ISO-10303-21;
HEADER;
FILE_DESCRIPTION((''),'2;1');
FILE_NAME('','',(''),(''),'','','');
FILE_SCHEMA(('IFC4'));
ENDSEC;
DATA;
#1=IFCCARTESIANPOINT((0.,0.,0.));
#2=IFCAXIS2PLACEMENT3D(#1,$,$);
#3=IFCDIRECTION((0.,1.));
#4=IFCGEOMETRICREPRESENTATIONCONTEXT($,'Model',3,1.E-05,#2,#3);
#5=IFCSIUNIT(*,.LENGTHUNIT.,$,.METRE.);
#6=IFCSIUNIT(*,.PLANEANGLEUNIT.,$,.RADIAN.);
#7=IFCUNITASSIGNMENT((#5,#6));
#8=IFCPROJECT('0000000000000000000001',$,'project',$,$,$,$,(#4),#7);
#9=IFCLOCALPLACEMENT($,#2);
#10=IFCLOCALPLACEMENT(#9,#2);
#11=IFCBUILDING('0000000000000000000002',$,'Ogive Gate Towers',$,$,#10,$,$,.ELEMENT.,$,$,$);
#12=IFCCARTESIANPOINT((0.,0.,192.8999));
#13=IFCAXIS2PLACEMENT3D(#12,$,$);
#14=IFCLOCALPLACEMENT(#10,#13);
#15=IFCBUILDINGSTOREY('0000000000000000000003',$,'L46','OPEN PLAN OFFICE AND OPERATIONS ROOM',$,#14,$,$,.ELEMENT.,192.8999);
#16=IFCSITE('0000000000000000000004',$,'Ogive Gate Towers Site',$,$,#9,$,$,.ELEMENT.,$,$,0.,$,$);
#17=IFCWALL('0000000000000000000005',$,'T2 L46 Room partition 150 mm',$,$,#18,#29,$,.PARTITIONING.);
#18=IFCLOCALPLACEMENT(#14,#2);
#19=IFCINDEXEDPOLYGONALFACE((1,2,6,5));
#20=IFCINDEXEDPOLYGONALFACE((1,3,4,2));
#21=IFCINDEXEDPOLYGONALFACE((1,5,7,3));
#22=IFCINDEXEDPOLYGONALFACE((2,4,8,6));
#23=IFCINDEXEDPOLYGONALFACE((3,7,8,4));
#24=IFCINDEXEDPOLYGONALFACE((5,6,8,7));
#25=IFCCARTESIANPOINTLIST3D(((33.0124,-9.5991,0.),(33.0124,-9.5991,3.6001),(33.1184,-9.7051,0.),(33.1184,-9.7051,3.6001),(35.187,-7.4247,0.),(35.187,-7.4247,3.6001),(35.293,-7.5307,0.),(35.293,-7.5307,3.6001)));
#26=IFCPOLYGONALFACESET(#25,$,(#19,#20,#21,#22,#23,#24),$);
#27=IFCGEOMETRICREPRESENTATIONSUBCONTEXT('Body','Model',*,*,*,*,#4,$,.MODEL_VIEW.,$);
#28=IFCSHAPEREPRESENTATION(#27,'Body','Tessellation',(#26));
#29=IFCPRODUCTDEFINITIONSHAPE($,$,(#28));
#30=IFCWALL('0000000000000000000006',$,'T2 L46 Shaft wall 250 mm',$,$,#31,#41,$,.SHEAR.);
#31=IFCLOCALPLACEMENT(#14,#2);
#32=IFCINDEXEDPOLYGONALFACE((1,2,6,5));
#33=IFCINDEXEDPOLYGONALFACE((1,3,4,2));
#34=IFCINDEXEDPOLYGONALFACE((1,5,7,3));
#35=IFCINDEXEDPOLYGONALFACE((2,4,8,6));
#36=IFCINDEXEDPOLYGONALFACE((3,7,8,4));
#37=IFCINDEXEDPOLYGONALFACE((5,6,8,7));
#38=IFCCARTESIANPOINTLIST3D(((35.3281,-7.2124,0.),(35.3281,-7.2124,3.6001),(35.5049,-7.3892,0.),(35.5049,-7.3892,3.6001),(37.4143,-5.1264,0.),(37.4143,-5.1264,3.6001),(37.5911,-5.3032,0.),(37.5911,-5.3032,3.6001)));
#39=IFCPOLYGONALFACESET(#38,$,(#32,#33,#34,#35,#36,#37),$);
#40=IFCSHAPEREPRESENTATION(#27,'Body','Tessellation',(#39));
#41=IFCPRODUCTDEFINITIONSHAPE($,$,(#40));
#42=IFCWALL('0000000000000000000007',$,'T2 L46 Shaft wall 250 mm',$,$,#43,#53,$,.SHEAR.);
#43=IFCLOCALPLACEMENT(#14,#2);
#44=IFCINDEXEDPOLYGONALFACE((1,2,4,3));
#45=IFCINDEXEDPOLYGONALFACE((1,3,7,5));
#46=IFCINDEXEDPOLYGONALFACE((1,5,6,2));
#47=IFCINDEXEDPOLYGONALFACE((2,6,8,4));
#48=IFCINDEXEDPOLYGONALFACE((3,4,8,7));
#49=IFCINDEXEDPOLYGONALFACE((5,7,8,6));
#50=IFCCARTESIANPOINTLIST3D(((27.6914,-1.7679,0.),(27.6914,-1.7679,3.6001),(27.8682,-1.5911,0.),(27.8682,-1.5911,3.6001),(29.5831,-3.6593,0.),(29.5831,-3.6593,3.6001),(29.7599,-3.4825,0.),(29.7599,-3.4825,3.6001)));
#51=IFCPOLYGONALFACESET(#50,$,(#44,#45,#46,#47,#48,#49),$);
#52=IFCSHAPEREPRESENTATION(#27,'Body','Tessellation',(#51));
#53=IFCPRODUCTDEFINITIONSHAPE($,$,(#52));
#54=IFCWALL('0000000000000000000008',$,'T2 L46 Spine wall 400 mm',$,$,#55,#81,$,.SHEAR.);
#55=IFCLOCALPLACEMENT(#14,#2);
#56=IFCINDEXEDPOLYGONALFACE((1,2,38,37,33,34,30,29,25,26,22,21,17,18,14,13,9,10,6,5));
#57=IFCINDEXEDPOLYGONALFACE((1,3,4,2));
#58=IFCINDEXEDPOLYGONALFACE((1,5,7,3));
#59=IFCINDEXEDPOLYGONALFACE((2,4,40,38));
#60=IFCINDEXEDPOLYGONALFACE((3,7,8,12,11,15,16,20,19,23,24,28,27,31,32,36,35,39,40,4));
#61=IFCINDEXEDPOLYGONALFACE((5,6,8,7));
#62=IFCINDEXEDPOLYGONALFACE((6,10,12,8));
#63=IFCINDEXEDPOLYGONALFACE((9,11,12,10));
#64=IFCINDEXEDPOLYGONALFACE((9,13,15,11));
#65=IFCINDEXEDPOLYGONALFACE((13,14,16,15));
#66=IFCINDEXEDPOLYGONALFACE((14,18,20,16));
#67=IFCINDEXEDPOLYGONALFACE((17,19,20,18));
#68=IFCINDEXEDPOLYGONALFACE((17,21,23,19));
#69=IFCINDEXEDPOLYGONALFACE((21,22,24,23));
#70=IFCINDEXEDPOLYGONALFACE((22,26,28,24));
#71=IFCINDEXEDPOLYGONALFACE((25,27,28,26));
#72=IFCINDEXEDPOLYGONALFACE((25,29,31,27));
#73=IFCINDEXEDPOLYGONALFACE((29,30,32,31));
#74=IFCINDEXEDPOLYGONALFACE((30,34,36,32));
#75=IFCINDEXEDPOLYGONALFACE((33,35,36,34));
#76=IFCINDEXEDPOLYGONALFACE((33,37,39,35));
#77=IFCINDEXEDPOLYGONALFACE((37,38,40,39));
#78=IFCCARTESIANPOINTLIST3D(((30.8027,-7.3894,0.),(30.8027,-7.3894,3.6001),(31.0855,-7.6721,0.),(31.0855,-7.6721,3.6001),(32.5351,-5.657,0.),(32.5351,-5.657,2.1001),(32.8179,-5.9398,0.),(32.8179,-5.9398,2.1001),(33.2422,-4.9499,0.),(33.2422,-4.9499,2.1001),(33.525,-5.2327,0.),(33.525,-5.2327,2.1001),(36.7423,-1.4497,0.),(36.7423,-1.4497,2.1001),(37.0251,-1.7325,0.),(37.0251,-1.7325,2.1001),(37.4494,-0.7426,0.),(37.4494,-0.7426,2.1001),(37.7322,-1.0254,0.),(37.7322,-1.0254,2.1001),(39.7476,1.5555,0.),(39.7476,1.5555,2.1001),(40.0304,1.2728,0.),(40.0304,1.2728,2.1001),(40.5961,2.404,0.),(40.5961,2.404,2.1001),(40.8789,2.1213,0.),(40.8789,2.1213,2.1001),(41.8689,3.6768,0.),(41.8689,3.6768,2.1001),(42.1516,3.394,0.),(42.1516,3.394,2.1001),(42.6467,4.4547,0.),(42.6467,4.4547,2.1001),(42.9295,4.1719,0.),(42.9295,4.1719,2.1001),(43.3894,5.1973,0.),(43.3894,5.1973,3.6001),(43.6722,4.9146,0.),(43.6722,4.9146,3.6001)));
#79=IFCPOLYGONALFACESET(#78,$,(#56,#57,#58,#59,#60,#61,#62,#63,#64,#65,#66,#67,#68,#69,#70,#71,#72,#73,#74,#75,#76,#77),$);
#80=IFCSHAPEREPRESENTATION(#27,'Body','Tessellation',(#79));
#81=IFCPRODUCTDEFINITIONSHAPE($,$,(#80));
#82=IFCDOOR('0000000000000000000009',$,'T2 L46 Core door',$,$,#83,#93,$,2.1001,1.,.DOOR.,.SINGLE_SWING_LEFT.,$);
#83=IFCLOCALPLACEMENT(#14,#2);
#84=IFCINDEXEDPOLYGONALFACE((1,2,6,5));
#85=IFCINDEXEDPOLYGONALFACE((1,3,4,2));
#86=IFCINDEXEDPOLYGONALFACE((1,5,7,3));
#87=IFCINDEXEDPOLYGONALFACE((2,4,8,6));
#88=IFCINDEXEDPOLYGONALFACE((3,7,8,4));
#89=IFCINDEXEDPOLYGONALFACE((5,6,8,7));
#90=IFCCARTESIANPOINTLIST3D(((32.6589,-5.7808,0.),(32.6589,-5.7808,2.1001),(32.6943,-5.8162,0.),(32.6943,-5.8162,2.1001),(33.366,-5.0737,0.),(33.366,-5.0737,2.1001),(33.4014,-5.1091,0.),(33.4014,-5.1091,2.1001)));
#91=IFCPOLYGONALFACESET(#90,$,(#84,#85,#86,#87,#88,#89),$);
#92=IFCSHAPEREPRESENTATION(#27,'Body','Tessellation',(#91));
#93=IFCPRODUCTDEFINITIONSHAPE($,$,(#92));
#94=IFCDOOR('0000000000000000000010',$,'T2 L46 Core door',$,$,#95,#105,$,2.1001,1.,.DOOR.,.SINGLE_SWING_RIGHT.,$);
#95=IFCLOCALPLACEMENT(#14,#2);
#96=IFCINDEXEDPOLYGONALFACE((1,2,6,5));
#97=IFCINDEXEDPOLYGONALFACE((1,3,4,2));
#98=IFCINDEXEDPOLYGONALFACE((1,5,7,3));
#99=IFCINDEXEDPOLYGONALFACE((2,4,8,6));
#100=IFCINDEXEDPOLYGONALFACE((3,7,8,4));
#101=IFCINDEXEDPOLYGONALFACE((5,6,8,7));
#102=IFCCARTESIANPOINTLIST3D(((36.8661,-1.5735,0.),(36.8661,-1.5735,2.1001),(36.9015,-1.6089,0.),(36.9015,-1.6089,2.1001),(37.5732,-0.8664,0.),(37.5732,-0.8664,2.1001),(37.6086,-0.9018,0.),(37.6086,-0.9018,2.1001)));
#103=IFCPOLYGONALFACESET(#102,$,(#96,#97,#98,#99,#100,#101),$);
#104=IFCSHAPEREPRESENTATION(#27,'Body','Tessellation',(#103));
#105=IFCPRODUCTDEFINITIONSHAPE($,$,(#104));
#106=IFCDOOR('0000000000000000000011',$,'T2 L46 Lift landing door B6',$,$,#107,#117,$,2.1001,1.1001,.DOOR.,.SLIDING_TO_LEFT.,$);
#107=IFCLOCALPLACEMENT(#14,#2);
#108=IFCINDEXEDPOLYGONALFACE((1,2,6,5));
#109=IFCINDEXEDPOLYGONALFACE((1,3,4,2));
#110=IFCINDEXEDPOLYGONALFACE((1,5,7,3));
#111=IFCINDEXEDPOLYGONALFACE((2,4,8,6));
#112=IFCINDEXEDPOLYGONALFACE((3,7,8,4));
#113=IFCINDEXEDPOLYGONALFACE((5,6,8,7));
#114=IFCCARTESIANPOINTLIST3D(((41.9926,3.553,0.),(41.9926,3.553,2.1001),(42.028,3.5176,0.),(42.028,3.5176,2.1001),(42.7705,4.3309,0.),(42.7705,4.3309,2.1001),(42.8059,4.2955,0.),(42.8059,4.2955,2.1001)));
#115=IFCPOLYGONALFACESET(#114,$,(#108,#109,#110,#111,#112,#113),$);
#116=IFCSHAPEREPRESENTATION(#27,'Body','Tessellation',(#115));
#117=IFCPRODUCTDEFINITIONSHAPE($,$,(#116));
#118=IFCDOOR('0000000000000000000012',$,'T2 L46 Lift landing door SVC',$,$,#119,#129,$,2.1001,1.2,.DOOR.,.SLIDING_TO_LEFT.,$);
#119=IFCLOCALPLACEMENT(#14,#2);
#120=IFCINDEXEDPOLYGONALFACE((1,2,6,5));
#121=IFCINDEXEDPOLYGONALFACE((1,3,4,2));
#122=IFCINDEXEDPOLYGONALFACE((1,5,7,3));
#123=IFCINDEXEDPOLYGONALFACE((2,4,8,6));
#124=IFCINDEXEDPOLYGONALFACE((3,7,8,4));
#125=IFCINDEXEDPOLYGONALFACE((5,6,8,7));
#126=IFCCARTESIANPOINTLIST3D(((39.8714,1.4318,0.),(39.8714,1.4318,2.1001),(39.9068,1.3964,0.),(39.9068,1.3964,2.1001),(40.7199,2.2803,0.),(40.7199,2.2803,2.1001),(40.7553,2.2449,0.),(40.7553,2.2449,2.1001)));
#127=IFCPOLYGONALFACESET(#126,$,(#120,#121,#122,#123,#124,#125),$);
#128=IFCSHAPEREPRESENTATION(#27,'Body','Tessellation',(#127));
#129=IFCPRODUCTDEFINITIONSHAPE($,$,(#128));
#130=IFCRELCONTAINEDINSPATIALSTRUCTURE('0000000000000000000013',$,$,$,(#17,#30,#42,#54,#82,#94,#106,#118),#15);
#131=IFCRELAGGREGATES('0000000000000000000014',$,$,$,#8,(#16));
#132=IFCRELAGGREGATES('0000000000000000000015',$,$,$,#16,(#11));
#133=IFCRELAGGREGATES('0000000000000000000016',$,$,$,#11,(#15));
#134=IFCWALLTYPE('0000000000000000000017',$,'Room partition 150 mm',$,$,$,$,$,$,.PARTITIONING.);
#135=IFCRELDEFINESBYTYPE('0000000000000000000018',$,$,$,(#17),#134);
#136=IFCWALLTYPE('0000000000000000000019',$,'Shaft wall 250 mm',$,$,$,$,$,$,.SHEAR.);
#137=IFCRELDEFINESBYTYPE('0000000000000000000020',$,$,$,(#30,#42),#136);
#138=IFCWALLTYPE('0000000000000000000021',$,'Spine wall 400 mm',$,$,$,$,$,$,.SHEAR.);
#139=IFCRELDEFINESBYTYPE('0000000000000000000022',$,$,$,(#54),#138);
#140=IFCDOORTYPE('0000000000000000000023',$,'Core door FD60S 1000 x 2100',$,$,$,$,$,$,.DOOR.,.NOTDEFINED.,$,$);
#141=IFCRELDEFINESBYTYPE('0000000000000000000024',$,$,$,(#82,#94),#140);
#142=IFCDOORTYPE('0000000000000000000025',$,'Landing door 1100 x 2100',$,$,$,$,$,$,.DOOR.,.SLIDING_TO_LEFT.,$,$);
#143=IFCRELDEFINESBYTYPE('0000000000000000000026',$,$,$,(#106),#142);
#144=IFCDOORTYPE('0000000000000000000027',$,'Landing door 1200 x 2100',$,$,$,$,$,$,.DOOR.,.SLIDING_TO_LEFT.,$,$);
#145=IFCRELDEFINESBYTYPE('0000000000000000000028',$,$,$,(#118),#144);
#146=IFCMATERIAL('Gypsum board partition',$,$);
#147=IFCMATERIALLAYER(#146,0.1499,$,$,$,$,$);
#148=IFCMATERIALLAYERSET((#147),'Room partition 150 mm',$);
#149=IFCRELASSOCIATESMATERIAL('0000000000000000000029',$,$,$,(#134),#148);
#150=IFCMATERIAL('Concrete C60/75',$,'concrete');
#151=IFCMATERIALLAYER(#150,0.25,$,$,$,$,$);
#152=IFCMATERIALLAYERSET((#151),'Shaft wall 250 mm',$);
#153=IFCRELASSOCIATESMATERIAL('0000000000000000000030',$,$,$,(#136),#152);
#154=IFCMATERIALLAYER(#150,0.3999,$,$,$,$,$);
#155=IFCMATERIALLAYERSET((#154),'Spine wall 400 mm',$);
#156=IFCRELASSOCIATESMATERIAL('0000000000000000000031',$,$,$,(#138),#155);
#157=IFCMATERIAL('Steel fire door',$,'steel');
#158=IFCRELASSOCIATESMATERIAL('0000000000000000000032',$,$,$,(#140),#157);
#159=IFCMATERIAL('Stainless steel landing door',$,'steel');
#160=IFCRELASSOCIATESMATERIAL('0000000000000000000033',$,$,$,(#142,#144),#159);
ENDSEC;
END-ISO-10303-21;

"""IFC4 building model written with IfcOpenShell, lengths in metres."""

from ifc_helpers import new_model, si_unit, direction, frame, frame_2d, origin, place, context, subcontext, project, spatial, rectangle, extrude, material, layer, layer_set, type_object, element, fill, save


model = new_model("IFC4")

# Units and contexts
model_context = context("Model", 3, precision=1e-05, world=origin(), true_north=direction((0.0, 1.0)))
body_context = subcontext(model_context, "Body", "Model", "MODEL_VIEW")
ifc_project = project(units=[si_unit("LENGTHUNIT", "METRE"), si_unit("PLANEANGLEUNIT", "RADIAN")], contexts=[model_context])

# Site, building, storey
site_placement = place(None, origin())
site = spatial("IfcSite", under=ifc_project, at=site_placement, Name="Ogive Gate Towers Site", CompositionType="ELEMENT", RefElevation=0.0)
building_placement = place(site_placement, origin())
building = spatial("IfcBuilding", under=site, at=building_placement, Name="Ogive Gate Towers", CompositionType="ELEMENT")
storey_placement = place(building_placement, frame((0.0, 0.0, 192.8999)))
storey = spatial("IfcBuildingStorey", under=building, at=storey_placement, Name="L46", Description="OPEN PLAN OFFICE AND OPERATIONS ROOM", CompositionType="ELEMENT", Elevation=192.8999)

# Walls
ifc_material_1 = material(Name="Gypsum board partition")
ifc_layer_1 = layer(ifc_material_1, 0.1499)
ifc_layer_set_1 = layer_set([ifc_layer_1], Name="Room partition 150 mm")
wall_type_1 = type_object("IfcWallType", Name="Room partition 150 mm", PredefinedType="PARTITIONING", material=ifc_layer_set_1)
wall_1_placement = place(storey_placement, frame((33.0654, -9.6521, 0.0), z_axis=(0.0, 0.0, 1.0), x_axis=(0.707146, 0.707067, 0.0)))
element("IfcWall", 1, at=wall_1_placement, inside=storey, type_object=wall_type_1, Name="T2 L46 Room partition 150 mm", PredefinedType="PARTITIONING", context=body_context, shape_type="SweptSolid", body=[
    extrude(rectangle(XDim=3.0752, YDim=0.1499, at=frame_2d((1.5376, 0.0))), origin(), (0.0, 0.0, 1.0), 3.6001),
])
ifc_material_2 = material(Name="Concrete C60/75", Category="concrete")
ifc_layer_2 = layer(ifc_material_2, 0.25)
ifc_layer_set_2 = layer_set([ifc_layer_2], Name="Shaft wall 250 mm")
wall_type_2 = type_object("IfcWallType", Name="Shaft wall 250 mm", PredefinedType="SHEAR", material=ifc_layer_set_2)
wall_2_placement = place(storey_placement, frame((35.4165, -7.3008, 0.0), z_axis=(0.0, 0.0, 1.0), x_axis=(0.707148, 0.707065, 0.0)))
element("IfcWall", 2, at=wall_2_placement, inside=storey, type_object=wall_type_2, Name="T2 L46 Shaft wall 250 mm", PredefinedType="SHEAR", context=body_context, shape_type="SweptSolid", body=[
    extrude(rectangle(XDim=2.9502, YDim=0.25, at=frame_2d((1.4751, 0.0))), origin(), (0.0, 0.0, 1.0), 3.6001),
])
wall_3_placement = place(storey_placement, frame((29.6714, -3.5708, 0.0), z_axis=(0.0, 0.0, 1.0), x_axis=(-0.707152, 0.707061, 0.0)))
element("IfcWall", 3, at=wall_3_placement, inside=storey, type_object=wall_type_2, Name="T2 L46 Shaft wall 250 mm", PredefinedType="SHEAR", context=body_context, shape_type="SweptSolid", body=[
    extrude(rectangle(XDim=2.675, YDim=0.25, at=frame_2d((1.3374, 0.0))), origin(), (0.0, 0.0, 1.0), 3.6001),
])

# Wall, openings, doors
ifc_layer_3 = layer(ifc_material_2, 0.3999)
ifc_layer_set_3 = layer_set([ifc_layer_3], Name="Spine wall 400 mm")
wall_type_3 = type_object("IfcWallType", Name="Spine wall 400 mm", PredefinedType="SHEAR", material=ifc_layer_set_3)
wall_4_placement = place(storey_placement, frame((30.9441, -7.5308, 0.0), z_axis=(0.0, 0.0, 1.0), x_axis=(0.707107, 0.707107, 0.0)))
wall_4 = element("IfcWall", 4, at=wall_4_placement, inside=storey, type_object=wall_type_3, Name="T2 L46 Spine wall 400 mm", PredefinedType="SHEAR", context=body_context, shape_type="SweptSolid", body=[
    extrude(rectangle(XDim=17.8003, YDim=0.3999, at=frame_2d((8.9001, 0.0))), origin(), (0.0, 0.0, 1.0), 3.6001),
])
opening_1_placement = place(wall_4_placement, frame((12.6499, 0.0, 0.0)))
opening_1 = element("IfcOpeningElement", 5, at=opening_1_placement, cuts=wall_4, PredefinedType="OPENING", context=body_context, shape_type="SweptSolid", body=[
    extrude(rectangle(XDim=1.2, YDim=2.1001, at=frame_2d((0.6001, 1.05))), frame((0.0, 0.21, 0.0), z_axis=(0.0, -1.0, 0.0), x_axis=(1.0, 0.0, 0.0)), (0.0, 0.0, 1.0), 0.4199),
])
opening_2_placement = place(wall_4_placement, frame((15.6499, 0.0, 0.0)))
opening_2 = element("IfcOpeningElement", 6, at=opening_2_placement, cuts=wall_4, PredefinedType="OPENING", context=body_context, shape_type="SweptSolid", body=[
    extrude(rectangle(XDim=1.1001, YDim=2.1001, at=frame_2d((0.55, 1.05))), frame((0.0, 0.21, 0.0), z_axis=(0.0, -1.0, 0.0), x_axis=(1.0, 0.0, 0.0)), (0.0, 0.0, 1.0), 0.4199),
])
opening_3_placement = place(wall_4_placement, frame((2.45, 0.0, 0.0)))
opening_3 = element("IfcOpeningElement", 7, at=opening_3_placement, cuts=wall_4, PredefinedType="OPENING", context=body_context, shape_type="SweptSolid", body=[
    extrude(rectangle(XDim=1.0, YDim=2.1001, at=frame_2d((0.5, 1.05))), frame((0.0, 0.21, 0.0), z_axis=(0.0, -1.0, 0.0), x_axis=(1.0, 0.0, 0.0)), (0.0, 0.0, 1.0), 0.4199),
])
opening_4_placement = place(wall_4_placement, frame((8.3999, 0.0, 0.0)))
opening_4 = element("IfcOpeningElement", 8, at=opening_4_placement, cuts=wall_4, PredefinedType="OPENING", context=body_context, shape_type="SweptSolid", body=[
    extrude(rectangle(XDim=1.0, YDim=2.1001, at=frame_2d((0.5, 1.05))), frame((0.0, 0.21, 0.0), z_axis=(0.0, -1.0, 0.0), x_axis=(1.0, 0.0, 0.0)), (0.0, 0.0, 1.0), 0.4199),
])
ifc_material_3 = material(Name="Steel fire door", Category="steel")
door_type_1 = type_object("IfcDoorType", Name="Core door FD60S 1000 x 2100", OperationType="NOTDEFINED", PredefinedType="DOOR", material=ifc_material_3)
door_1_placement = place(opening_3_placement, origin())
door_1 = element("IfcDoor", 9, at=door_1_placement, inside=storey, type_object=door_type_1, Name="T2 L46 Core door", OperationType="SINGLE_SWING_LEFT", OverallHeight=2.1001, OverallWidth=1.0, PredefinedType="DOOR", context=body_context, shape_type="SweptSolid", body=[
    extrude(rectangle(XDim=1.0, YDim=2.1001, at=frame_2d((0.5, 1.05))), frame((0.0, 0.0249, 0.0), z_axis=(0.0, -1.0, 0.0), x_axis=(1.0, 0.0, 0.0)), (0.0, 0.0, 1.0), 0.05),
])
fill(opening_3, door_1)
door_2_placement = place(opening_4_placement, origin())
door_2 = element("IfcDoor", 10, at=door_2_placement, inside=storey, type_object=door_type_1, Name="T2 L46 Core door", OperationType="SINGLE_SWING_RIGHT", OverallHeight=2.1001, OverallWidth=1.0, PredefinedType="DOOR", context=body_context, shape_type="SweptSolid", body=[
    extrude(rectangle(XDim=1.0, YDim=2.1001, at=frame_2d((0.5, 1.05))), frame((0.0, 0.0249, 0.0), z_axis=(0.0, -1.0, 0.0), x_axis=(1.0, 0.0, 0.0)), (0.0, 0.0, 1.0), 0.05),
])
fill(opening_4, door_2)
ifc_material_4 = material(Name="Stainless steel landing door", Category="steel")
door_type_2 = type_object("IfcDoorType", Name="Landing door 1100 x 2100", OperationType="SLIDING_TO_LEFT", PredefinedType="DOOR", material=ifc_material_4)
door_3_placement = place(opening_2_placement, origin())
door_3 = element("IfcDoor", 11, at=door_3_placement, inside=storey, type_object=door_type_2, Name="T2 L46 Lift landing door B6", OperationType="SLIDING_TO_LEFT", OverallHeight=2.1001, OverallWidth=1.1001, PredefinedType="DOOR", context=body_context, shape_type="SweptSolid", body=[
    extrude(rectangle(XDim=1.1001, YDim=2.1001, at=frame_2d((0.55, 1.05))), frame((0.0, 0.0249, 0.0), z_axis=(0.0, -1.0, 0.0), x_axis=(1.0, 0.0, 0.0)), (0.0, 0.0, 1.0), 0.05),
])
fill(opening_2, door_3)
door_type_3 = type_object("IfcDoorType", Name="Landing door 1200 x 2100", OperationType="SLIDING_TO_LEFT", PredefinedType="DOOR", material=ifc_material_4)
door_4_placement = place(opening_1_placement, origin())
door_4 = element("IfcDoor", 12, at=door_4_placement, inside=storey, type_object=door_type_3, Name="T2 L46 Lift landing door SVC", OperationType="SLIDING_TO_LEFT", OverallHeight=2.1001, OverallWidth=1.2, PredefinedType="DOOR", context=body_context, shape_type="SweptSolid", body=[
    extrude(rectangle(XDim=1.2, YDim=2.1001, at=frame_2d((0.6001, 1.05))), frame((0.0, 0.0249, 0.0), z_axis=(0.0, -1.0, 0.0), x_axis=(1.0, 0.0, 0.0)), (0.0, 0.0, 1.0), 0.05),
])
fill(opening_1, door_4)

save(model, "model.ifc")
